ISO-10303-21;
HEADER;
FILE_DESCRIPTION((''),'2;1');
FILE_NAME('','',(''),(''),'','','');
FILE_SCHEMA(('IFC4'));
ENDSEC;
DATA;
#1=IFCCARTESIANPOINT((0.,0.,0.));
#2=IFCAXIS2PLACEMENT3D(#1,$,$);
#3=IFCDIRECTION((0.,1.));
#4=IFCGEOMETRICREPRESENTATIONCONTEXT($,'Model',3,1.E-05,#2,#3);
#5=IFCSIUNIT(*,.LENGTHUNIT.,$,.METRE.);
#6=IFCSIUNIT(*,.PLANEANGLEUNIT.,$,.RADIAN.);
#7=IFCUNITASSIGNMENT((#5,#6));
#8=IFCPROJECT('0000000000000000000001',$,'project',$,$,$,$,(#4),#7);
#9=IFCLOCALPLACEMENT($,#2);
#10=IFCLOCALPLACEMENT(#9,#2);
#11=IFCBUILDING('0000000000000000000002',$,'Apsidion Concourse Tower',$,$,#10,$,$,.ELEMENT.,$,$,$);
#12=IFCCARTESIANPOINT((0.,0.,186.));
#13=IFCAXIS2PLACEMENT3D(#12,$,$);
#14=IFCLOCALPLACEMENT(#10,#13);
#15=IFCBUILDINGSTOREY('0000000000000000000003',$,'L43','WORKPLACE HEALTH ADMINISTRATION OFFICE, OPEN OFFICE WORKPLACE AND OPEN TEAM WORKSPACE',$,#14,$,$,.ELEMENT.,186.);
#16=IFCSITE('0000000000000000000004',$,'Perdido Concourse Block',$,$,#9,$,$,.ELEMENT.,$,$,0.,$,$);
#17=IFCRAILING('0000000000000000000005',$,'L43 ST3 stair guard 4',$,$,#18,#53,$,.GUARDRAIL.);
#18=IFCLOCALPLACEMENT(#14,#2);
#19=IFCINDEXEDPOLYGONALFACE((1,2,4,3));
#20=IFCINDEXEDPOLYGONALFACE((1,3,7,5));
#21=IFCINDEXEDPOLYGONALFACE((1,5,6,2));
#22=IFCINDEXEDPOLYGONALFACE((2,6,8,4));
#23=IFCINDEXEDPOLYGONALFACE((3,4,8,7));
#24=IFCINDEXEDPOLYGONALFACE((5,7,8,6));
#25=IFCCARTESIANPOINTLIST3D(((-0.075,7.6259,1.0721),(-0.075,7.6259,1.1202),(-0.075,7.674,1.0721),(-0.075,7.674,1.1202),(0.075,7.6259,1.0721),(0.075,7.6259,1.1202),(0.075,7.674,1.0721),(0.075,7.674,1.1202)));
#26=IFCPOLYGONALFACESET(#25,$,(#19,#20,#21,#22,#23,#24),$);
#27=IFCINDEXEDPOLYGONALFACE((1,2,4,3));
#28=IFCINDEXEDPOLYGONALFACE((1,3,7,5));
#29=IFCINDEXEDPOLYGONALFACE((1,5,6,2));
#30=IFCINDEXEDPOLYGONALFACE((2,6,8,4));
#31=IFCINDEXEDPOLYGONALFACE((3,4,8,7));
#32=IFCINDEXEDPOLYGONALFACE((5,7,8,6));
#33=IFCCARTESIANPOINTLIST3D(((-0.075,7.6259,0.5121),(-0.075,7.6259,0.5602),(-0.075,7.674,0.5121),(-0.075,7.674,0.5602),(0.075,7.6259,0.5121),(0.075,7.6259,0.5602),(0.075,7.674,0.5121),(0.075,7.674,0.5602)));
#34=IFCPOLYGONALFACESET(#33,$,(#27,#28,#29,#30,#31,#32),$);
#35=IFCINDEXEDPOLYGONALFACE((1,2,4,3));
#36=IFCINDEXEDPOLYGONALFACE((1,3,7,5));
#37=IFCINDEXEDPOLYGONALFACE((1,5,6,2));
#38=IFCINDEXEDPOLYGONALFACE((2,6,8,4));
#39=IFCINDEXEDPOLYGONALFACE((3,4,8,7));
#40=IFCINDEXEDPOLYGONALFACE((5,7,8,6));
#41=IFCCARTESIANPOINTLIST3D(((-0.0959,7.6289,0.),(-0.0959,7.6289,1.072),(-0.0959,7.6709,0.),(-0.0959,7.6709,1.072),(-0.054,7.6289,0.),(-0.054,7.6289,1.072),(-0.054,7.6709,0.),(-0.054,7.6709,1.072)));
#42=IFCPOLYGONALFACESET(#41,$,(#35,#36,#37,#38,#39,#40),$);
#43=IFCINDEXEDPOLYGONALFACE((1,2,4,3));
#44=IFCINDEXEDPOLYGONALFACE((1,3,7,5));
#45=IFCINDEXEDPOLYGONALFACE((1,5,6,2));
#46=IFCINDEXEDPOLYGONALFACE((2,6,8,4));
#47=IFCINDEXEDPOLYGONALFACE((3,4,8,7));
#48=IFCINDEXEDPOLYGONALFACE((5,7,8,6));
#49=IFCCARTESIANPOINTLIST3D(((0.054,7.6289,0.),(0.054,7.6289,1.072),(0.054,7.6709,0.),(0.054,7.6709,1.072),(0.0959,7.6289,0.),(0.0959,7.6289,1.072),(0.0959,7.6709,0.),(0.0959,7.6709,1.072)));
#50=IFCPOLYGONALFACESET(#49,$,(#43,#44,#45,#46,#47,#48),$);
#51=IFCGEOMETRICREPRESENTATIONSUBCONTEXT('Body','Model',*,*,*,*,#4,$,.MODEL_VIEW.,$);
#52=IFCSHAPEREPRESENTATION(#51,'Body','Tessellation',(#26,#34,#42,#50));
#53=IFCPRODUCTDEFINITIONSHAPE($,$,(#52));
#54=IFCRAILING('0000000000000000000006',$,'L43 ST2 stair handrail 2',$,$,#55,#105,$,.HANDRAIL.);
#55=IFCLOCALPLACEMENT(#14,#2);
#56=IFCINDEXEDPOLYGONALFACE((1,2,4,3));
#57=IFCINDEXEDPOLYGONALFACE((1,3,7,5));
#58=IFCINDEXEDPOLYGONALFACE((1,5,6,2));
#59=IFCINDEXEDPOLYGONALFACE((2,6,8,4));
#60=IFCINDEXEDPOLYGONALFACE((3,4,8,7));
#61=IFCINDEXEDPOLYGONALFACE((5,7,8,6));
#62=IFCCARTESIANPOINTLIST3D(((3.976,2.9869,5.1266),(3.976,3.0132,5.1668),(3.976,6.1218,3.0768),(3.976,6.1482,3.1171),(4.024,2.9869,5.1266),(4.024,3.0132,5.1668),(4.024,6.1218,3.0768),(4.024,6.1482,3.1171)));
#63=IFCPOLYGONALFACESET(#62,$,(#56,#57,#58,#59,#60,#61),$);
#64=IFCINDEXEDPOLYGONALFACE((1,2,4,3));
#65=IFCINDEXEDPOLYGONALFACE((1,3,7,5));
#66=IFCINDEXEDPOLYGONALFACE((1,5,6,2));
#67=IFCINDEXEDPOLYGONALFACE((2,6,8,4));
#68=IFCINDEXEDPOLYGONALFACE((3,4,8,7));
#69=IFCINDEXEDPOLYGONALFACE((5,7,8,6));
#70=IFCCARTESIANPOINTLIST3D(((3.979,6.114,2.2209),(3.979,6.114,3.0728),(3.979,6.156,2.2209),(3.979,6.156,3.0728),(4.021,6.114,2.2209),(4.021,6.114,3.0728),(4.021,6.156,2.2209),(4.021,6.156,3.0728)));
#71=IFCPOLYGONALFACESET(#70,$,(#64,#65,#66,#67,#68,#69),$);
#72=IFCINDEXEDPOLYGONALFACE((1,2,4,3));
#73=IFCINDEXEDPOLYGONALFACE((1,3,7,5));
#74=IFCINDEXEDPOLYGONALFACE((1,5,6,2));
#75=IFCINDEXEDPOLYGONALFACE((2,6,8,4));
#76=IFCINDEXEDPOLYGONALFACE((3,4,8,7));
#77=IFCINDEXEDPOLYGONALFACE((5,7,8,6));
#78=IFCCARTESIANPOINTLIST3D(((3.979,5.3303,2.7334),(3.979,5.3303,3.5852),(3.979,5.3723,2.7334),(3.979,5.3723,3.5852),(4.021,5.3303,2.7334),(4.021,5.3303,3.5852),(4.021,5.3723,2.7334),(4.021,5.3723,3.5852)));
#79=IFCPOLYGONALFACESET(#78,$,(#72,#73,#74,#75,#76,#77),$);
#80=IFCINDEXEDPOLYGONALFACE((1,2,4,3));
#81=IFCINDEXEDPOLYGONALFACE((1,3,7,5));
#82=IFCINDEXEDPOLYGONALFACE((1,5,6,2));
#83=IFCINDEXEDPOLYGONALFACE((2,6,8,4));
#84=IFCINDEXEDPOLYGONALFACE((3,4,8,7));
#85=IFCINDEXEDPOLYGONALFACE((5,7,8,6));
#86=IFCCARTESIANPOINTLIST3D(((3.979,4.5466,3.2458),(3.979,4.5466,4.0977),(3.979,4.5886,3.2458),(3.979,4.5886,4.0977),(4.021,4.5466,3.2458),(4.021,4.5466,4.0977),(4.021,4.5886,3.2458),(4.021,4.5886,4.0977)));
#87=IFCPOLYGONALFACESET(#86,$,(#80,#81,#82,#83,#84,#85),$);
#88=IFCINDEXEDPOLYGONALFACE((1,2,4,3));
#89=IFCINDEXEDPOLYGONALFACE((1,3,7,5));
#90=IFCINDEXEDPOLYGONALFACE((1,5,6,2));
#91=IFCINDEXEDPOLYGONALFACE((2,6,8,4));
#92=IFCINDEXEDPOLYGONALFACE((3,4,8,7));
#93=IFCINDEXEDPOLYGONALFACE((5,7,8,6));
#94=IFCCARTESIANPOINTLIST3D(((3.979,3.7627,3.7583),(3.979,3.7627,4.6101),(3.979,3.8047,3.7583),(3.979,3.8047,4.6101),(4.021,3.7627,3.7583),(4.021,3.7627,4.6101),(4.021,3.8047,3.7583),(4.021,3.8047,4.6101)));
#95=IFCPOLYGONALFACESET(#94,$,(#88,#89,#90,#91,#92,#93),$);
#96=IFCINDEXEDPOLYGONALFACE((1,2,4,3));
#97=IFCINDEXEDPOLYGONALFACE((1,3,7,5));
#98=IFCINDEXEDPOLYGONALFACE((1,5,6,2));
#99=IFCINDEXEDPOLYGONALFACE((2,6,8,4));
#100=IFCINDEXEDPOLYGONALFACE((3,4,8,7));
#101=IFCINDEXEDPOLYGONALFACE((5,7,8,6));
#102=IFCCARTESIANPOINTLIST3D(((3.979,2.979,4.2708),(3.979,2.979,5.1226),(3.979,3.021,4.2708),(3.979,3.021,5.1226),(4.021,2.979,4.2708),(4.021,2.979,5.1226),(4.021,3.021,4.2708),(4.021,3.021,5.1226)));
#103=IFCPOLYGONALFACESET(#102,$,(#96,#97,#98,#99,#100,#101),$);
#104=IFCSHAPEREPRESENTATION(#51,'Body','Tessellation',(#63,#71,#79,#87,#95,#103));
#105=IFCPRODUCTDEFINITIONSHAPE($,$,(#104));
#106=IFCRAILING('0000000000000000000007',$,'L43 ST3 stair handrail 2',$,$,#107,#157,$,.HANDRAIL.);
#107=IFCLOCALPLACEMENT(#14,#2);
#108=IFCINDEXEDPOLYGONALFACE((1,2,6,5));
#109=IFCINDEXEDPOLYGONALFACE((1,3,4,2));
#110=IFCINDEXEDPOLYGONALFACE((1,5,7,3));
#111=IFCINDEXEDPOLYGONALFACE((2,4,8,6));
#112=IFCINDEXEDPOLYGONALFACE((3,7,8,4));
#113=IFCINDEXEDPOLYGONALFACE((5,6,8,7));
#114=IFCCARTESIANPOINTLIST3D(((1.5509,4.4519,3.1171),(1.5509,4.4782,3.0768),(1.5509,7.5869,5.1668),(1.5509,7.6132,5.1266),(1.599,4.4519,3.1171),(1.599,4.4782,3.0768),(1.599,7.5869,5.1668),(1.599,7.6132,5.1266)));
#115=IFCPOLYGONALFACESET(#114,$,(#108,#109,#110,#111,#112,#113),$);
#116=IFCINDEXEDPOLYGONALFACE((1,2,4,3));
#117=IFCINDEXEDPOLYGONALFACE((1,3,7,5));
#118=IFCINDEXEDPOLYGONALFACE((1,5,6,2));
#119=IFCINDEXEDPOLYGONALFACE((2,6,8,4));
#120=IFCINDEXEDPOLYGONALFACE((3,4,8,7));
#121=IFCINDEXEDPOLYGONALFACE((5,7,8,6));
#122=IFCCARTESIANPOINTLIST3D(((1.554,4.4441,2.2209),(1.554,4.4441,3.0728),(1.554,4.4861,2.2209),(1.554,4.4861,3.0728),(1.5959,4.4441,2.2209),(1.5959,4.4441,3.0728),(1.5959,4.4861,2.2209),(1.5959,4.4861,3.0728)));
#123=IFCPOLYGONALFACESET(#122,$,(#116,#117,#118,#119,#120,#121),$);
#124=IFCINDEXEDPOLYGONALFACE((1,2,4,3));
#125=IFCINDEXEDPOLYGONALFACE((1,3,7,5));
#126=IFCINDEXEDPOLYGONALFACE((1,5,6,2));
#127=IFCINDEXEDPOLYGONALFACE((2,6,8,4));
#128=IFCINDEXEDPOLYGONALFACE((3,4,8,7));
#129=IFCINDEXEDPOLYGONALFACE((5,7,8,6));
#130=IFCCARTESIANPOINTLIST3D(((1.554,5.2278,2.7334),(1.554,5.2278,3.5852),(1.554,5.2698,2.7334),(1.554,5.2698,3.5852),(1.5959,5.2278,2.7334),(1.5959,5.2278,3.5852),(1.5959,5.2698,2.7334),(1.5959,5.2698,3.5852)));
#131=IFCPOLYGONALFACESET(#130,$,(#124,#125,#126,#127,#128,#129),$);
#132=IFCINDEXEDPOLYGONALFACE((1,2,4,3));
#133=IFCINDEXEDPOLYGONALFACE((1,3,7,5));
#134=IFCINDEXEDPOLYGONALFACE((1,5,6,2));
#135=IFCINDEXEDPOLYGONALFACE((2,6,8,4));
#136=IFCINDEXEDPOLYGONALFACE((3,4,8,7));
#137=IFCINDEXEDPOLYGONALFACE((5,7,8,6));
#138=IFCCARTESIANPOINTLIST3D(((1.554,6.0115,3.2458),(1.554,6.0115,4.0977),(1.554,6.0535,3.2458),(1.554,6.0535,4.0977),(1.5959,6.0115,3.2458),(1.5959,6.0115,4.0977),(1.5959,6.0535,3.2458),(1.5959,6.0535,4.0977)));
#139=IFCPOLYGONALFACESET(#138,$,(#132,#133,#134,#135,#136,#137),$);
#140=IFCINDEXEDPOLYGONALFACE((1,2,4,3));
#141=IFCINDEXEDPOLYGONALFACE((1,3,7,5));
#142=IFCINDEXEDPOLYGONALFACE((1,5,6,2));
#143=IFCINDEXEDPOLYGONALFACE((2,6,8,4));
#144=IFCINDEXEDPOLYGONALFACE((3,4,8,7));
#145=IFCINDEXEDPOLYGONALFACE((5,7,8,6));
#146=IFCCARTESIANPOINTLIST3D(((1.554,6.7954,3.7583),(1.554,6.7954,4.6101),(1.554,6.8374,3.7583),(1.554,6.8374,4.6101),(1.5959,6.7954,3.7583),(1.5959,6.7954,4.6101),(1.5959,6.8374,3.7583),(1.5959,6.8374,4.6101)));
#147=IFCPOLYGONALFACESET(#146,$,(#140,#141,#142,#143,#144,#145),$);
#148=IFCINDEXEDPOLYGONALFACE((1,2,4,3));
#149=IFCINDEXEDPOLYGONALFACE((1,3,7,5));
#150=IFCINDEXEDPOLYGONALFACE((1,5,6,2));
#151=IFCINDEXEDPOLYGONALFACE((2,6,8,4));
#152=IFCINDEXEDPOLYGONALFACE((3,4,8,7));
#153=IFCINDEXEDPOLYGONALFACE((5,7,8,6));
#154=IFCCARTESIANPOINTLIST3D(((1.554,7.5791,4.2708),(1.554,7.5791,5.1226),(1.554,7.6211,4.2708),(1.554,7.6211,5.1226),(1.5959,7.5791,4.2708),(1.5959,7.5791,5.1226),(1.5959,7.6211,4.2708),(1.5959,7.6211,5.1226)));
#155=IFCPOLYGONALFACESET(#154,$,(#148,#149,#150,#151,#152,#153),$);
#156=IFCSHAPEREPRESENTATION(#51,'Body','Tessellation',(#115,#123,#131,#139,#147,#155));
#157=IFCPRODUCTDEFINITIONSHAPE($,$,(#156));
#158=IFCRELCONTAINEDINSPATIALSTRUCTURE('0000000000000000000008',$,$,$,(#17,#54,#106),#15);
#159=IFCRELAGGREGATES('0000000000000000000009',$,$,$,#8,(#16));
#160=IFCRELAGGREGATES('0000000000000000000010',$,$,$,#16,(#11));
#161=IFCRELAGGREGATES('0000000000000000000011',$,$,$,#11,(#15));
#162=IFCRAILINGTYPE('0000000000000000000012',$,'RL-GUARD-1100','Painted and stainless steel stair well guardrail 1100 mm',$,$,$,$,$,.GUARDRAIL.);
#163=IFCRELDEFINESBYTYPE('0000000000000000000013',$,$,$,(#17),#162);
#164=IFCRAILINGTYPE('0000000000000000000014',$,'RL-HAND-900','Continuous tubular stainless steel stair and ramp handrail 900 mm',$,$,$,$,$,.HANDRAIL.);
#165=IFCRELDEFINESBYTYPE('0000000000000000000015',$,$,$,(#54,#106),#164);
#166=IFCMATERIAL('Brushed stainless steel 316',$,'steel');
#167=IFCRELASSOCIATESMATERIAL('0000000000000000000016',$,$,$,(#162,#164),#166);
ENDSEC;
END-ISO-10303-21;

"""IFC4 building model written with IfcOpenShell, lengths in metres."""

from ifc_helpers import new_model, si_unit, direction, frame, origin, origin_2d, place, context, subcontext, project, spatial, rectangle, extrude, material, type_object, element, save


model = new_model("IFC4")

# Units and contexts
model_context = context("Model", 3, precision=1e-05, world=origin(), true_north=direction((0.0, 1.0)))
body_context = subcontext(model_context, "Body", "Model", "MODEL_VIEW")
ifc_project = project(units=[si_unit("LENGTHUNIT", "METRE"), si_unit("PLANEANGLEUNIT", "RADIAN")], contexts=[model_context])

# Site, building, storey
site_placement = place(None, origin())
site = spatial("IfcSite", under=ifc_project, at=site_placement, Name="Perdido Concourse Block", CompositionType="ELEMENT", RefElevation=0.0)
building_placement = place(site_placement, origin())
building = spatial("IfcBuilding", under=site, at=building_placement, Name="Apsidion Concourse Tower", CompositionType="ELEMENT")
storey_placement = place(building_placement, frame((0.0, 0.0, 186.0)))
storey = spatial("IfcBuildingStorey", under=building, at=storey_placement, Name="L43", Description="WORKPLACE HEALTH ADMINISTRATION OFFICE, OPEN OFFICE WORKPLACE AND OPEN TEAM WORKSPACE", CompositionType="ELEMENT", Elevation=186.0)

# Railings
ifc_material_1 = material(Name="Brushed stainless steel 316", Category="steel")
railing_type_1 = type_object("IfcRailingType", Name="RL-GUARD-1100", Description="Painted and stainless steel stair well guardrail 1100 mm", PredefinedType="GUARDRAIL", material=ifc_material_1)
railing_1_placement = place(storey_placement, frame((-0.075, 7.6499, 0.0)))
element("IfcRailing", 1, at=railing_1_placement, inside=storey, type_object=railing_type_1, Name="L43 ST3 stair guard 4", PredefinedType="GUARDRAIL", context=body_context, shape_type="SweptSolid", body=[
    extrude(rectangle(XDim=0.0481, YDim=0.0481, at=origin_2d()), frame((0.0, 0.0, 1.0962), z_axis=(1.0, 0.0, 0.0), x_axis=(0.0, 1.0, 0.0)), (0.0, 0.0, 1.0), 0.1499),
    extrude(rectangle(XDim=0.0481, YDim=0.0481, at=origin_2d()), frame((0.0, 0.0, 0.5361), z_axis=(1.0, 0.0, 0.0), x_axis=(0.0, 1.0, 0.0)), (0.0, 0.0, 1.0), 0.1499),
    extrude(rectangle(XDim=0.042, YDim=0.042, at=origin_2d()), origin(), (0.0, 0.0, 1.0), 1.072),
    extrude(rectangle(XDim=0.042, YDim=0.042, at=origin_2d()), frame((0.1499, 0.0, 0.0)), (0.0, 0.0, 1.0), 1.072),
])
railing_type_2 = type_object("IfcRailingType", Name="RL-HAND-900", Description="Continuous tubular stainless steel stair and ramp handrail 900 mm", PredefinedType="HANDRAIL", material=ifc_material_1)
railing_2_placement = place(storey_placement, frame((4.0, 6.135, 2.2209)))
element("IfcRailing", 2, at=railing_2_placement, inside=storey, type_object=railing_type_2, Name="L43 ST2 stair handrail 2", PredefinedType="HANDRAIL", context=body_context, shape_type="SweptSolid", body=[
    extrude(rectangle(XDim=0.0481, YDim=0.0481, at=origin_2d()), frame((0.0, 0.0, 0.876), z_axis=(0.0, -0.836971, 0.547248), x_axis=(1.0, 0.0, 0.0)), (0.0, 0.0, 1.0), 3.7456),
    extrude(rectangle(XDim=0.042, YDim=0.042, at=origin_2d()), origin(), (0.0, 0.0, 1.0), 0.8518),
    extrude(rectangle(XDim=0.042, YDim=0.042, at=origin_2d()), frame((0.0, -0.7837, 0.5125)), (0.0, 0.0, 1.0), 0.8518),
    extrude(rectangle(XDim=0.042, YDim=0.042, at=origin_2d()), frame((0.0, -1.5674, 1.0249)), (0.0, 0.0, 1.0), 0.8518),
    extrude(rectangle(XDim=0.042, YDim=0.042, at=origin_2d()), frame((0.0, -2.3513, 1.5374)), (0.0, 0.0, 1.0), 0.8518),
    extrude(rectangle(XDim=0.042, YDim=0.042, at=origin_2d()), frame((0.0, -3.135, 2.0498)), (0.0, 0.0, 1.0), 0.8518),
])
railing_3_placement = place(storey_placement, frame((1.575, 4.4651, 2.2209)))
element("IfcRailing", 3, at=railing_3_placement, inside=storey, type_object=railing_type_2, Name="L43 ST3 stair handrail 2", PredefinedType="HANDRAIL", context=body_context, shape_type="SweptSolid", body=[
    extrude(rectangle(XDim=0.0481, YDim=0.0481, at=origin_2d()), frame((0.0, 0.0, 0.876), z_axis=(0.0, 0.836971, 0.547248), x_axis=(-1.0, 0.0, 0.0)), (0.0, 0.0, 1.0), 3.7456),
    extrude(rectangle(XDim=0.042, YDim=0.042, at=origin_2d()), origin(), (0.0, 0.0, 1.0), 0.8518),
    extrude(rectangle(XDim=0.042, YDim=0.042, at=origin_2d()), frame((0.0, 0.7837, 0.5125)), (0.0, 0.0, 1.0), 0.8518),
    extrude(rectangle(XDim=0.042, YDim=0.042, at=origin_2d()), frame((0.0, 1.5674, 1.0249)), (0.0, 0.0, 1.0), 0.8518),
    extrude(rectangle(XDim=0.042, YDim=0.042, at=origin_2d()), frame((0.0, 2.3513, 1.5374)), (0.0, 0.0, 1.0), 0.8518),
    extrude(rectangle(XDim=0.042, YDim=0.042, at=origin_2d()), frame((0.0, 3.135, 2.0498)), (0.0, 0.0, 1.0), 0.8518),
])

save(model, "model.ifc")
